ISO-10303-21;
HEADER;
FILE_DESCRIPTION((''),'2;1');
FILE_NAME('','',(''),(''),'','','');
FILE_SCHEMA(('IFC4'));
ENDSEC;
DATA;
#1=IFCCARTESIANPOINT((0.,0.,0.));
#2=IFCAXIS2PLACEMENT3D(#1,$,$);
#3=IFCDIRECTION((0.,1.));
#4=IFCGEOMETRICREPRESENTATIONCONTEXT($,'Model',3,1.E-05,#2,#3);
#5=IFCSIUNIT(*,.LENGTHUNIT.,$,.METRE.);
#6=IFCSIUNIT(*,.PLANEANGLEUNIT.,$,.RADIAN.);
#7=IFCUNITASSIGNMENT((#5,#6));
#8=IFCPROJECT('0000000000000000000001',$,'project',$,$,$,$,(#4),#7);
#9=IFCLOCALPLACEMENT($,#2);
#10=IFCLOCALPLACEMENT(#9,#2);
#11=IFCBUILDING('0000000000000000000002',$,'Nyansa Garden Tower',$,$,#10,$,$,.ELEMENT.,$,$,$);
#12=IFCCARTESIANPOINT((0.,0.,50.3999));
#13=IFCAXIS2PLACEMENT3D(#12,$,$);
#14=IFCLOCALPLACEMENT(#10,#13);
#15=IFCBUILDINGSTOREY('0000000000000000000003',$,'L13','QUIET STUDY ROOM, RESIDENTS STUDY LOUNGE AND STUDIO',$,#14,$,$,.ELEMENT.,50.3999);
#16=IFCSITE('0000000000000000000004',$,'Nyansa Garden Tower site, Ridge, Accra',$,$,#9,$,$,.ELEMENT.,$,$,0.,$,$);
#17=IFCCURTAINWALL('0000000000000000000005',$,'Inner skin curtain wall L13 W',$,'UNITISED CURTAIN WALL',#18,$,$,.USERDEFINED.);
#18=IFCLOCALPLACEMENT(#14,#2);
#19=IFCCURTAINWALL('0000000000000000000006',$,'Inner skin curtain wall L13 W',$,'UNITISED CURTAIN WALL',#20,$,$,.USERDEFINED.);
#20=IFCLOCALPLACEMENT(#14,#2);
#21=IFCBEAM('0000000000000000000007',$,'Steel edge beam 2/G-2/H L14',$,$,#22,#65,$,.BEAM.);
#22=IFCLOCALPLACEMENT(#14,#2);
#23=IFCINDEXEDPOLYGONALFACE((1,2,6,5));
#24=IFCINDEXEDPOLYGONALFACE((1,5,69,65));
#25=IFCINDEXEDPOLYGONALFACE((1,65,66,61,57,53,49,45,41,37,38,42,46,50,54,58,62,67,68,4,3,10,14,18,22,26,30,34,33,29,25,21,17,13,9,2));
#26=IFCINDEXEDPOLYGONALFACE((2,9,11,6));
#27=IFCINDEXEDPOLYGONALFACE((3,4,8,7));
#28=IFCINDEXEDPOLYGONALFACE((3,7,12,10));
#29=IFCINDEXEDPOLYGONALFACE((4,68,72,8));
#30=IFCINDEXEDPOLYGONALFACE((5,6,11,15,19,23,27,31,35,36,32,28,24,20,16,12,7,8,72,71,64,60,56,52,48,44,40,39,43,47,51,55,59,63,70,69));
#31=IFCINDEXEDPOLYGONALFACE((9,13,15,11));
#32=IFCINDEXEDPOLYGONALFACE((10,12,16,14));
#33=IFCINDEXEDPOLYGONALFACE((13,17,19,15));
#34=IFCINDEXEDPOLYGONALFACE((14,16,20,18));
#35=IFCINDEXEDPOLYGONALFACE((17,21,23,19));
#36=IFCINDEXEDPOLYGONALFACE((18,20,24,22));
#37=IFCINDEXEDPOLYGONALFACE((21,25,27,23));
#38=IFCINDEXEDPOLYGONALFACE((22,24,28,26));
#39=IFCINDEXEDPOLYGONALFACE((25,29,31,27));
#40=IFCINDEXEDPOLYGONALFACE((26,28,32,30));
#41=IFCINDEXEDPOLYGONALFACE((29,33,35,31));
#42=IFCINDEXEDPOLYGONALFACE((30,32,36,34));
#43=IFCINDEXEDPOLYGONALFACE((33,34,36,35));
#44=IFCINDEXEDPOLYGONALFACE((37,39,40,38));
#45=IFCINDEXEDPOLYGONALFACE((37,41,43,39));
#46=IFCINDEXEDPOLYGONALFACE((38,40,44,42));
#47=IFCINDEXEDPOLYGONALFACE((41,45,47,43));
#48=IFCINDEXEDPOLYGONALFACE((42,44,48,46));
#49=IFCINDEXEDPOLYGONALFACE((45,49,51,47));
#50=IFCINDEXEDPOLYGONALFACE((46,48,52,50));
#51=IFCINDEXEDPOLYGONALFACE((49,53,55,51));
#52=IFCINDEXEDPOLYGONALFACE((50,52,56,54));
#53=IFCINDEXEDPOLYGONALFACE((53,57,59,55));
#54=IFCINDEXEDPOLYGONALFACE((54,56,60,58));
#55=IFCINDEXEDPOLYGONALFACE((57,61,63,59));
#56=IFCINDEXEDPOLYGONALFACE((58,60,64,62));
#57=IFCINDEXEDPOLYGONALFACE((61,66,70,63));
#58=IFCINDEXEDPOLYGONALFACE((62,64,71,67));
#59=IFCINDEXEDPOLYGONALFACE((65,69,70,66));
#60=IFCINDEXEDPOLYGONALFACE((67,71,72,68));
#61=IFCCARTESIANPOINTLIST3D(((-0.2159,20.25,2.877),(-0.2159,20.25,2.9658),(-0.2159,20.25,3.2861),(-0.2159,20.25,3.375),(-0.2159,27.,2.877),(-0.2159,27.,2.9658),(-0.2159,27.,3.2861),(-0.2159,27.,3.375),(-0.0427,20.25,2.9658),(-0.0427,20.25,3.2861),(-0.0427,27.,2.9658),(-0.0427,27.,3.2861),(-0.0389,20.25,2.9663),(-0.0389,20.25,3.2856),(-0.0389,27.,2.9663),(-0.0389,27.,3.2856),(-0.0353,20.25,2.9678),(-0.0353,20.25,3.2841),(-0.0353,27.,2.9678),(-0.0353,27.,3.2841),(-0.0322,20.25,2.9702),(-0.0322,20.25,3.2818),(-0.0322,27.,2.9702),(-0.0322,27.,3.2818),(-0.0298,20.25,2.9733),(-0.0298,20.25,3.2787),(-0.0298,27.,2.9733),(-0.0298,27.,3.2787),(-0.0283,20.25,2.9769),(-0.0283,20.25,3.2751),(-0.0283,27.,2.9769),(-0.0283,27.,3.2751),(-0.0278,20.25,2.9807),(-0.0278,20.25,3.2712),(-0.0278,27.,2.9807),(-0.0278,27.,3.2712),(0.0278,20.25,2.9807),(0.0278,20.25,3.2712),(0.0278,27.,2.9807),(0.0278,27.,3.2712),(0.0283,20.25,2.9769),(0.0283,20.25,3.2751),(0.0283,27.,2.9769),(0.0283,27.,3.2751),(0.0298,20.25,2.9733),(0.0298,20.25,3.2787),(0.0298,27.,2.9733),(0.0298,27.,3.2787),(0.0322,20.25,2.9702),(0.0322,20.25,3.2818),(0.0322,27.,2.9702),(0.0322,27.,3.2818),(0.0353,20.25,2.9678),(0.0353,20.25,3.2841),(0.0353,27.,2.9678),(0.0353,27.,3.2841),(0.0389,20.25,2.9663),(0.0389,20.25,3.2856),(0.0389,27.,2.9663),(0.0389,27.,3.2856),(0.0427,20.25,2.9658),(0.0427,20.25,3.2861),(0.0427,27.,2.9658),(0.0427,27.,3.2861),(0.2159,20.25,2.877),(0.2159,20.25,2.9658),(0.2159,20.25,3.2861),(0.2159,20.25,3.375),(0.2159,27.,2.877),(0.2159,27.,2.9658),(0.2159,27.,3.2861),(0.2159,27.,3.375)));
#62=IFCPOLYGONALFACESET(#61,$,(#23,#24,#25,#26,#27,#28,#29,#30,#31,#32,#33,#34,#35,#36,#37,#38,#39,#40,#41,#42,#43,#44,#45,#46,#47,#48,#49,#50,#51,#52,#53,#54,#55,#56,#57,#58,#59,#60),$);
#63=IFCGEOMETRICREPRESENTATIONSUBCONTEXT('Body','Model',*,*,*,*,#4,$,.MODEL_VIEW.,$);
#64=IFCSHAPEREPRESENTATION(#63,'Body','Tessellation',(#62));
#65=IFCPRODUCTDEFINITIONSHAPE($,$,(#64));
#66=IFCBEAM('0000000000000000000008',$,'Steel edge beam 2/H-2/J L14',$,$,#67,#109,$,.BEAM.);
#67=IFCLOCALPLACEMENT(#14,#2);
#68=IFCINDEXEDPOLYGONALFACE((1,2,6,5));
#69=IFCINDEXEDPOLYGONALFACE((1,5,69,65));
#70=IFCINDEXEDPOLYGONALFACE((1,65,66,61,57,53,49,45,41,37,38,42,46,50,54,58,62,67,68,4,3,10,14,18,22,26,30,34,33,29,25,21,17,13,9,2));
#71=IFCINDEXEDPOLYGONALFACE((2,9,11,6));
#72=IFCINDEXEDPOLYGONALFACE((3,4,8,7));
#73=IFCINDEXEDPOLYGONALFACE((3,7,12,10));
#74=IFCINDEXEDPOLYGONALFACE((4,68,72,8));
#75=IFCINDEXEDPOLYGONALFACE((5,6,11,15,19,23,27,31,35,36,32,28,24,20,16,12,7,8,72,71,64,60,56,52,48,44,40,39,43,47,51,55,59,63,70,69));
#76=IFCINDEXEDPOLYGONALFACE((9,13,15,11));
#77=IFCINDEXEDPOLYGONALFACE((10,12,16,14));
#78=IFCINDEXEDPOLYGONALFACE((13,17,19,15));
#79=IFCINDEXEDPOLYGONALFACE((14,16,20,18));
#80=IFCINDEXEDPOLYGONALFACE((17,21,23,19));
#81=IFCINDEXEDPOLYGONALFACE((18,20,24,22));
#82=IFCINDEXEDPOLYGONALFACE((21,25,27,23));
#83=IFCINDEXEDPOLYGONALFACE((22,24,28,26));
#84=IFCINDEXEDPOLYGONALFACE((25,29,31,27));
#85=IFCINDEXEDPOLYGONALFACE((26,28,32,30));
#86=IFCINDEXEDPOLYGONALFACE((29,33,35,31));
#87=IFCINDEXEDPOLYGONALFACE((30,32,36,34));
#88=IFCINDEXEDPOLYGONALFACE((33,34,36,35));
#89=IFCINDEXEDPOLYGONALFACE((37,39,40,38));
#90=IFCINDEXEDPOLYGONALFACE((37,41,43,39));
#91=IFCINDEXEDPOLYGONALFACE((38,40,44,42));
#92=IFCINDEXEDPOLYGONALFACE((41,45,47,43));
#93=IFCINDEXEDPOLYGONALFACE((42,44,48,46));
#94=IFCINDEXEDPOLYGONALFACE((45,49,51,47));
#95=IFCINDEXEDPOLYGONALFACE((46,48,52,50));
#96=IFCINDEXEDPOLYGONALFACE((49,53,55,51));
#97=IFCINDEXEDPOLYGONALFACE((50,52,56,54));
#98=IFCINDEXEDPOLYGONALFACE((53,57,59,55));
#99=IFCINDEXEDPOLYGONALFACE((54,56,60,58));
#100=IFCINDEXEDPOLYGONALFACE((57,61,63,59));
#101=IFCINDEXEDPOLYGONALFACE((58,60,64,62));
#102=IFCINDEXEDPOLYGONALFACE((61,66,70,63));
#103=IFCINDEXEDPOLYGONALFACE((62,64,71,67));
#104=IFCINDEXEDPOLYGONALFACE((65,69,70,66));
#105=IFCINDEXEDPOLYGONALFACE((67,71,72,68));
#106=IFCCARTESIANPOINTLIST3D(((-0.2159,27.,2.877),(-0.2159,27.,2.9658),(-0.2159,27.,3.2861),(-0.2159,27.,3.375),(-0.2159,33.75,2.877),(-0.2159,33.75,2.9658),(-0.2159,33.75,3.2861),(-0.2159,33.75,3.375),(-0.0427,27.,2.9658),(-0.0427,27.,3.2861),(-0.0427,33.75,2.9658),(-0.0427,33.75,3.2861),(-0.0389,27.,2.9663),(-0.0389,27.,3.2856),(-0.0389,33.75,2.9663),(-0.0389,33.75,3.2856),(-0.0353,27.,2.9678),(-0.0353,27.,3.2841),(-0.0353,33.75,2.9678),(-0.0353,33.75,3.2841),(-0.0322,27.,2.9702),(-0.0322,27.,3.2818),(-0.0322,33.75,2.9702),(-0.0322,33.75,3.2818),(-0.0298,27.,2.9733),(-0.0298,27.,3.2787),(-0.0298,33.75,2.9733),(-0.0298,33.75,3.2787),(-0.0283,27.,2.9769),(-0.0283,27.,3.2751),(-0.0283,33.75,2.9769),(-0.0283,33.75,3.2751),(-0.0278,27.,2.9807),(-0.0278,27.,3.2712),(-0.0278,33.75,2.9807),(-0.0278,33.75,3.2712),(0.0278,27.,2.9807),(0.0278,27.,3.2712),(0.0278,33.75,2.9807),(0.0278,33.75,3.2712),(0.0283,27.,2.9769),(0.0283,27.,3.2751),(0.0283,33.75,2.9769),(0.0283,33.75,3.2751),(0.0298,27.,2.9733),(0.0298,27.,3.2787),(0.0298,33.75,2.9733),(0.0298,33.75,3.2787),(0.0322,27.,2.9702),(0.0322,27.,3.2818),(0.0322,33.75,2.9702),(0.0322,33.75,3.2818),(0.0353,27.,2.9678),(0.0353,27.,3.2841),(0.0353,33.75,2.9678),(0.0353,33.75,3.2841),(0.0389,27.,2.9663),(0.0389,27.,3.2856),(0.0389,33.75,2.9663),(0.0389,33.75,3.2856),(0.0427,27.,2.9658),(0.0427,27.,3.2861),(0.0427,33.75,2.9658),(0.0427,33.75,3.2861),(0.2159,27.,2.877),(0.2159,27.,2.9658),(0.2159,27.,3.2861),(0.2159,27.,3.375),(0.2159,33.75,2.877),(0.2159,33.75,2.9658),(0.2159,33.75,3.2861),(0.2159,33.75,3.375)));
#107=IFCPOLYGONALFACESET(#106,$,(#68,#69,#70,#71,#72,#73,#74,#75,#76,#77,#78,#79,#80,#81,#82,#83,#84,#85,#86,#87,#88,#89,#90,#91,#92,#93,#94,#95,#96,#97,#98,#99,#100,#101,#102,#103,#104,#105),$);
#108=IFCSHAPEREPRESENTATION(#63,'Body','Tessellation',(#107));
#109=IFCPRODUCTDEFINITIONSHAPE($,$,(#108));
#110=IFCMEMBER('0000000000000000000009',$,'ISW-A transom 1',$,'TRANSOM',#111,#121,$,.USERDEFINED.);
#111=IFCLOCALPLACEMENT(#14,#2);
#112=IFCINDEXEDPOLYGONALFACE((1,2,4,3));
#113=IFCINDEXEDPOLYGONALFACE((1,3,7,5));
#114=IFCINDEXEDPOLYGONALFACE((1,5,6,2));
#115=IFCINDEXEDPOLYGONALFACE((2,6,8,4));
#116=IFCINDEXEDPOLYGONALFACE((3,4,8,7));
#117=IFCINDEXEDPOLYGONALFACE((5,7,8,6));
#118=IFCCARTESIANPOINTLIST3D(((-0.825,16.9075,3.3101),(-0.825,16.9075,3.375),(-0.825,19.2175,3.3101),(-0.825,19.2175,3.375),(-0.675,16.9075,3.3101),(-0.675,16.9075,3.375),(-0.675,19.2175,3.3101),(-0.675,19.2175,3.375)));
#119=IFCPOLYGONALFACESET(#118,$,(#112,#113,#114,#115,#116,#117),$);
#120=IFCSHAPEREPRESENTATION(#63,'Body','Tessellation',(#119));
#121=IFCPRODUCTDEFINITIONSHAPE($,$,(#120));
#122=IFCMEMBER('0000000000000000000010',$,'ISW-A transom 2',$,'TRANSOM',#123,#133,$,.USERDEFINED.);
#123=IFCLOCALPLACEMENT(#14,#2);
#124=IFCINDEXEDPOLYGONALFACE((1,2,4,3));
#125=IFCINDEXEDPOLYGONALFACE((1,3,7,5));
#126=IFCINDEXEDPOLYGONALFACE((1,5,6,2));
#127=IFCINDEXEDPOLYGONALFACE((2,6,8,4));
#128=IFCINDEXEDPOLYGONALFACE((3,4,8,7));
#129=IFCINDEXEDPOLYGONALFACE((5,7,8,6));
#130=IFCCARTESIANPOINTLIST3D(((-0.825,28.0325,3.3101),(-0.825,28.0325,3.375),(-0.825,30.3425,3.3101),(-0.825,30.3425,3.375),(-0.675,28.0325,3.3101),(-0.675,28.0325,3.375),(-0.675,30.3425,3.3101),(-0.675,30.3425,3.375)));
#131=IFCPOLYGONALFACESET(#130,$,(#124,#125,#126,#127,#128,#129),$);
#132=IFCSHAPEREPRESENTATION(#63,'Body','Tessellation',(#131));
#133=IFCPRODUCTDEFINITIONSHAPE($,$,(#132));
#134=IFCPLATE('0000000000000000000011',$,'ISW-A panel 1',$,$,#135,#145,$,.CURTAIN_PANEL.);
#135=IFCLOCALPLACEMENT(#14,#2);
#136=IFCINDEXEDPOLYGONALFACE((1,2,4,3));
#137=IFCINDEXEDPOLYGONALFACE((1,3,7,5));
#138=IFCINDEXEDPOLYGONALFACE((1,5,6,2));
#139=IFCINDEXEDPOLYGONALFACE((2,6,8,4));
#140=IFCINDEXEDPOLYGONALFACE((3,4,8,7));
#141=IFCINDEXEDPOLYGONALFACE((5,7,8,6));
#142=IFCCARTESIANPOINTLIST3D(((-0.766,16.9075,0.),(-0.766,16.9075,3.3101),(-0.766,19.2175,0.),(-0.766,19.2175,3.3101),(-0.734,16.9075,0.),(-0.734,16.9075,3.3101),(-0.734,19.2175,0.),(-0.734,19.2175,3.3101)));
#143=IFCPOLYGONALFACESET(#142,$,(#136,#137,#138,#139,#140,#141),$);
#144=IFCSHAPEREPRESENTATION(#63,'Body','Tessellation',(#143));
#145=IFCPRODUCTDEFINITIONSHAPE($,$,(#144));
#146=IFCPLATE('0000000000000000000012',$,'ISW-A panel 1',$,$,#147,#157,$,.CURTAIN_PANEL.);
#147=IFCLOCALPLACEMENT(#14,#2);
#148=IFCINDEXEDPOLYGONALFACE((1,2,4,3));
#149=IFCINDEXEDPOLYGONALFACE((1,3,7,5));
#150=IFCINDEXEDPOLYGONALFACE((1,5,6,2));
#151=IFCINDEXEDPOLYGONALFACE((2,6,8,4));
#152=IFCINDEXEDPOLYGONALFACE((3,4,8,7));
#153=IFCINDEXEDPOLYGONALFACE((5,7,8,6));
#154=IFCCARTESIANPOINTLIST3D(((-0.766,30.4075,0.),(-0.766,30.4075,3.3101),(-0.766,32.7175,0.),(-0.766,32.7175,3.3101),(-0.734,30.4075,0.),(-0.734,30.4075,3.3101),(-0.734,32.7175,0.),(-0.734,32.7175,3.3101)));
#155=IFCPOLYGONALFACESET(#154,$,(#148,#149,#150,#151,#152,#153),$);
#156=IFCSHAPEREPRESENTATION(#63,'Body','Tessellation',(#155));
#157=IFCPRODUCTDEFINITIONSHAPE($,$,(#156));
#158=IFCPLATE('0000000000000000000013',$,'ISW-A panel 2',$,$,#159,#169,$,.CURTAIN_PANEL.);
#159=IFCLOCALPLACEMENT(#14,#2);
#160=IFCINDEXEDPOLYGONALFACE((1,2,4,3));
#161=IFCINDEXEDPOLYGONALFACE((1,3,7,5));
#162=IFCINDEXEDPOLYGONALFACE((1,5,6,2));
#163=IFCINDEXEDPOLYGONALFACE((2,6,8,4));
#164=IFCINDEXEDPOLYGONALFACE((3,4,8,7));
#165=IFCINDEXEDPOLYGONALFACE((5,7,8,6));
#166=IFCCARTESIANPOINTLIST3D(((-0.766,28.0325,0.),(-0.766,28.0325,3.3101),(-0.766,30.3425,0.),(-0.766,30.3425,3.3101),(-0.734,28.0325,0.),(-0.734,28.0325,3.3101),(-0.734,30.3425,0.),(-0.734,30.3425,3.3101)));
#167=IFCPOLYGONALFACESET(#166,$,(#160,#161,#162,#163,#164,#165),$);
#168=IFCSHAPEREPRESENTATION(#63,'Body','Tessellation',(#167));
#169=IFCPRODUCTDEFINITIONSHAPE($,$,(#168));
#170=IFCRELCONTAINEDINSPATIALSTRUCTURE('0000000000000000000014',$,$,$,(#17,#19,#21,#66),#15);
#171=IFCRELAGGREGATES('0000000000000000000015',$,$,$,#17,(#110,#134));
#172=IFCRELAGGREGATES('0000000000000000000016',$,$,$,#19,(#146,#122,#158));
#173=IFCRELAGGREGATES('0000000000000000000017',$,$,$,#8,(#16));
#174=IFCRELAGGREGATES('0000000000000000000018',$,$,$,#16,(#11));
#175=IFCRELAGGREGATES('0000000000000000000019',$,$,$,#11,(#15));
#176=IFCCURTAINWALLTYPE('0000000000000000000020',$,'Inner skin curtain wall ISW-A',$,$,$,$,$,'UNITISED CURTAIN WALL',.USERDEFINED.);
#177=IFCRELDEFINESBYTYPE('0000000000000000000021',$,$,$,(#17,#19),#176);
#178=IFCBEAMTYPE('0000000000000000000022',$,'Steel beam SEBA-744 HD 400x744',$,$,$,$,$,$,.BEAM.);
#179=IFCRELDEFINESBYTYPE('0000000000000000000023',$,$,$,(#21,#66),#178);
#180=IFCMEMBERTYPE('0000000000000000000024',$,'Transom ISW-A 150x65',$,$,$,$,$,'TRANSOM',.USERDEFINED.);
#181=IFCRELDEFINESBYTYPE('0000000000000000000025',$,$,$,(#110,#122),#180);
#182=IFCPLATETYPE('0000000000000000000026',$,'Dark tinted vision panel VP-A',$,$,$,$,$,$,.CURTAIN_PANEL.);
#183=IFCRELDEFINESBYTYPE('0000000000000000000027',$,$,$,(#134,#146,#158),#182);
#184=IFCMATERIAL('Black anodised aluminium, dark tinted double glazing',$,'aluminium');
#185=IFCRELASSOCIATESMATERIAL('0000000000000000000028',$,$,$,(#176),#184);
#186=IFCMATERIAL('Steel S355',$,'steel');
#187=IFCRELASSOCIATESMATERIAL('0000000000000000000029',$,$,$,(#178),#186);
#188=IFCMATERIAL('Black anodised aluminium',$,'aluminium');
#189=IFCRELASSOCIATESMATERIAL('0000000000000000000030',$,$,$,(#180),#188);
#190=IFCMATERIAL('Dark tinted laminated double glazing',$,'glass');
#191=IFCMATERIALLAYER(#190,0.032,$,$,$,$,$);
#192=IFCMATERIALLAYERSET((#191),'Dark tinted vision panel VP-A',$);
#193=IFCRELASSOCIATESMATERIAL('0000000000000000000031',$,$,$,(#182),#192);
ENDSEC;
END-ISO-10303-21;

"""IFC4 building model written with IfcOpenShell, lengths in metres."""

from ifc_helpers import new_model, si_unit, direction, frame, origin, origin_2d, place, context, subcontext, project, spatial, rectangle, i_section, extrude, material, layer, layer_set, material_profile, profile_set, type_object, element, aggregate, save


model = new_model("IFC4")

# Units and contexts
model_context = context("Model", 3, precision=1e-05, world=origin(), true_north=direction((0.0, 1.0)))
body_context = subcontext(model_context, "Body", "Model", "MODEL_VIEW")
ifc_project = project(units=[si_unit("LENGTHUNIT", "METRE"), si_unit("PLANEANGLEUNIT", "RADIAN")], contexts=[model_context])

# Site, building, storey
site_placement = place(None, origin())
site = spatial("IfcSite", under=ifc_project, at=site_placement, Name="Nyansa Garden Tower site, Ridge, Accra", CompositionType="ELEMENT", RefElevation=0.0)
building_placement = place(site_placement, origin())
building = spatial("IfcBuilding", under=site, at=building_placement, Name="Nyansa Garden Tower", CompositionType="ELEMENT")
storey_placement = place(building_placement, frame((0.0, 0.0, 50.3999)))
storey = spatial("IfcBuildingStorey", under=building, at=storey_placement, Name="L13", Description="QUIET STUDY ROOM, RESIDENTS STUDY LOUNGE AND STUDIO", CompositionType="ELEMENT", Elevation=50.3999)

# Curtain wall
ifc_material_1 = material(Name="Black anodised aluminium, dark tinted double glazing", Category="aluminium")
curtain_wall_type = type_object("IfcCurtainWallType", Name="Inner skin curtain wall ISW-A", ElementType="UNITISED CURTAIN WALL", PredefinedType="USERDEFINED", material=ifc_material_1)
curtain_wall_1_placement = place(storey_placement, origin())
curtain_wall_1 = element("IfcCurtainWall", 1, at=curtain_wall_1_placement, inside=storey, type_object=curtain_wall_type, Name="Inner skin curtain wall L13 W", ObjectType="UNITISED CURTAIN WALL", PredefinedType="USERDEFINED")

# Curtain wall
curtain_wall_2_placement = place(storey_placement, origin())
curtain_wall_2 = element("IfcCurtainWall", 2, at=curtain_wall_2_placement, inside=storey, type_object=curtain_wall_type, Name="Inner skin curtain wall L13 W", ObjectType="UNITISED CURTAIN WALL", PredefinedType="USERDEFINED")

# Beams
ifc_material_2 = material(Name="Steel S355", Category="steel")
ifc_material_profile_1 = material_profile(ifc_material_2, i_section(OverallWidth=0.4319, OverallDepth=0.498, WebThickness=0.0557, FlangeThickness=0.0889, FilletRadius=0.0149, at=origin_2d()), Name="HD 400x744")
ifc_profile_set_1 = profile_set([ifc_material_profile_1], Name="Steel S355")
beam_type_1 = type_object("IfcBeamType", Name="Steel beam SEBA-744 HD 400x744", PredefinedType="BEAM", material=ifc_profile_set_1)
for number, where, z_axis, x_axis, name in (
    (3, (0.0, 20.25, 3.126), (0.0, 1.0, 0.0), (-1.0, 0.0, 0.0), "Steel edge beam 2/G-2/H L14"),
    (4, (0.0, 27.0, 3.126), (0.0, 1.0, 0.0), (-1.0, 0.0, 0.0), "Steel edge beam 2/H-2/J L14"),
):
    element("IfcBeam", number, at=place(storey_placement, frame(where, z_axis=z_axis, x_axis=x_axis)), inside=storey, type_object=beam_type_1, Name=name, PredefinedType="BEAM", context=body_context, shape_type="SweptSolid", body=[
        extrude(i_section(OverallWidth=0.4319, OverallDepth=0.498, WebThickness=0.0557, FlangeThickness=0.0889, FilletRadius=0.0149, at=origin_2d()), origin(), (0.0, 0.0, 1.0), 6.75),
    ])

# Members
ifc_material_3 = material(Name="Black anodised aluminium", Category="aluminium")
ifc_material_profile_2 = material_profile(ifc_material_3, rectangle(XDim=0.1499, YDim=0.0649, at=origin_2d()), Name="Transom 150x65")
ifc_profile_set_2 = profile_set([ifc_material_profile_2], Name="Black anodised aluminium")
member_type_1 = type_object("IfcMemberType", Name="Transom ISW-A 150x65", ElementType="TRANSOM", PredefinedType="USERDEFINED", material=ifc_profile_set_2)
member_1_placement = place(storey_placement, frame((-0.75, 19.2175, 3.3425), z_axis=(0.0, -1.0, 0.0), x_axis=(1.0, 0.0, 0.0)))
member_1 = element("IfcMember", 5, at=member_1_placement, type_object=member_type_1, Name="ISW-A transom 1", ObjectType="TRANSOM", PredefinedType="USERDEFINED", context=body_context, shape_type="SweptSolid", body=[
    extrude(rectangle(XDim=0.1499, YDim=0.0649, at=origin_2d()), origin(), (0.0, 0.0, 1.0), 2.3101),
])
member_2_placement = place(storey_placement, frame((-0.75, 30.3425, 3.3425), z_axis=(0.0, -1.0, 0.0), x_axis=(1.0, 0.0, 0.0)))
member_2 = element("IfcMember", 6, at=member_2_placement, type_object=member_type_1, Name="ISW-A transom 2", ObjectType="TRANSOM", PredefinedType="USERDEFINED", context=body_context, shape_type="SweptSolid", body=[
    extrude(rectangle(XDim=0.1499, YDim=0.0649, at=origin_2d()), origin(), (0.0, 0.0, 1.0), 2.3101),
])

# Plates
ifc_material_4 = material(Name="Dark tinted laminated double glazing", Category="glass")
ifc_layer_1 = layer(ifc_material_4, 0.032)
ifc_layer_set_1 = layer_set([ifc_layer_1], Name="Dark tinted vision panel VP-A")
plate_type = type_object("IfcPlateType", Name="Dark tinted vision panel VP-A", PredefinedType="CURTAIN_PANEL", material=ifc_layer_set_1)
plate_1_placement = place(storey_placement, frame((-0.75, 18.0625, 0.0), z_axis=(0.0, 0.0, 1.0), x_axis=(0.0, -1.0, 0.0)))
plate_1 = element("IfcPlate", 7, at=plate_1_placement, type_object=plate_type, Name="ISW-A panel 1", PredefinedType="CURTAIN_PANEL", context=body_context, shape_type="SweptSolid", body=[
    extrude(rectangle(XDim=2.3101, YDim=0.032, at=origin_2d()), origin(), (0.0, 0.0, 1.0), 3.3101),
])
aggregate(curtain_wall_1, [member_1, plate_1])
plate_2_placement = place(storey_placement, frame((-0.75, 31.5625, 0.0), z_axis=(0.0, 0.0, 1.0), x_axis=(0.0, -1.0, 0.0)))
plate_2 = element("IfcPlate", 8, at=plate_2_placement, type_object=plate_type, Name="ISW-A panel 1", PredefinedType="CURTAIN_PANEL", context=body_context, shape_type="SweptSolid", body=[
    extrude(rectangle(XDim=2.3101, YDim=0.032, at=origin_2d()), origin(), (0.0, 0.0, 1.0), 3.3101),
])
plate_3_placement = place(storey_placement, frame((-0.75, 29.1875, 0.0), z_axis=(0.0, 0.0, 1.0), x_axis=(0.0, -1.0, 0.0)))
plate_3 = element("IfcPlate", 9, at=plate_3_placement, type_object=plate_type, Name="ISW-A panel 2", PredefinedType="CURTAIN_PANEL", context=body_context, shape_type="SweptSolid", body=[
    extrude(rectangle(XDim=2.3101, YDim=0.032, at=origin_2d()), origin(), (0.0, 0.0, 1.0), 3.3101),
])
aggregate(curtain_wall_2, [plate_2, member_2, plate_3])

save(model, "model.ifc")
